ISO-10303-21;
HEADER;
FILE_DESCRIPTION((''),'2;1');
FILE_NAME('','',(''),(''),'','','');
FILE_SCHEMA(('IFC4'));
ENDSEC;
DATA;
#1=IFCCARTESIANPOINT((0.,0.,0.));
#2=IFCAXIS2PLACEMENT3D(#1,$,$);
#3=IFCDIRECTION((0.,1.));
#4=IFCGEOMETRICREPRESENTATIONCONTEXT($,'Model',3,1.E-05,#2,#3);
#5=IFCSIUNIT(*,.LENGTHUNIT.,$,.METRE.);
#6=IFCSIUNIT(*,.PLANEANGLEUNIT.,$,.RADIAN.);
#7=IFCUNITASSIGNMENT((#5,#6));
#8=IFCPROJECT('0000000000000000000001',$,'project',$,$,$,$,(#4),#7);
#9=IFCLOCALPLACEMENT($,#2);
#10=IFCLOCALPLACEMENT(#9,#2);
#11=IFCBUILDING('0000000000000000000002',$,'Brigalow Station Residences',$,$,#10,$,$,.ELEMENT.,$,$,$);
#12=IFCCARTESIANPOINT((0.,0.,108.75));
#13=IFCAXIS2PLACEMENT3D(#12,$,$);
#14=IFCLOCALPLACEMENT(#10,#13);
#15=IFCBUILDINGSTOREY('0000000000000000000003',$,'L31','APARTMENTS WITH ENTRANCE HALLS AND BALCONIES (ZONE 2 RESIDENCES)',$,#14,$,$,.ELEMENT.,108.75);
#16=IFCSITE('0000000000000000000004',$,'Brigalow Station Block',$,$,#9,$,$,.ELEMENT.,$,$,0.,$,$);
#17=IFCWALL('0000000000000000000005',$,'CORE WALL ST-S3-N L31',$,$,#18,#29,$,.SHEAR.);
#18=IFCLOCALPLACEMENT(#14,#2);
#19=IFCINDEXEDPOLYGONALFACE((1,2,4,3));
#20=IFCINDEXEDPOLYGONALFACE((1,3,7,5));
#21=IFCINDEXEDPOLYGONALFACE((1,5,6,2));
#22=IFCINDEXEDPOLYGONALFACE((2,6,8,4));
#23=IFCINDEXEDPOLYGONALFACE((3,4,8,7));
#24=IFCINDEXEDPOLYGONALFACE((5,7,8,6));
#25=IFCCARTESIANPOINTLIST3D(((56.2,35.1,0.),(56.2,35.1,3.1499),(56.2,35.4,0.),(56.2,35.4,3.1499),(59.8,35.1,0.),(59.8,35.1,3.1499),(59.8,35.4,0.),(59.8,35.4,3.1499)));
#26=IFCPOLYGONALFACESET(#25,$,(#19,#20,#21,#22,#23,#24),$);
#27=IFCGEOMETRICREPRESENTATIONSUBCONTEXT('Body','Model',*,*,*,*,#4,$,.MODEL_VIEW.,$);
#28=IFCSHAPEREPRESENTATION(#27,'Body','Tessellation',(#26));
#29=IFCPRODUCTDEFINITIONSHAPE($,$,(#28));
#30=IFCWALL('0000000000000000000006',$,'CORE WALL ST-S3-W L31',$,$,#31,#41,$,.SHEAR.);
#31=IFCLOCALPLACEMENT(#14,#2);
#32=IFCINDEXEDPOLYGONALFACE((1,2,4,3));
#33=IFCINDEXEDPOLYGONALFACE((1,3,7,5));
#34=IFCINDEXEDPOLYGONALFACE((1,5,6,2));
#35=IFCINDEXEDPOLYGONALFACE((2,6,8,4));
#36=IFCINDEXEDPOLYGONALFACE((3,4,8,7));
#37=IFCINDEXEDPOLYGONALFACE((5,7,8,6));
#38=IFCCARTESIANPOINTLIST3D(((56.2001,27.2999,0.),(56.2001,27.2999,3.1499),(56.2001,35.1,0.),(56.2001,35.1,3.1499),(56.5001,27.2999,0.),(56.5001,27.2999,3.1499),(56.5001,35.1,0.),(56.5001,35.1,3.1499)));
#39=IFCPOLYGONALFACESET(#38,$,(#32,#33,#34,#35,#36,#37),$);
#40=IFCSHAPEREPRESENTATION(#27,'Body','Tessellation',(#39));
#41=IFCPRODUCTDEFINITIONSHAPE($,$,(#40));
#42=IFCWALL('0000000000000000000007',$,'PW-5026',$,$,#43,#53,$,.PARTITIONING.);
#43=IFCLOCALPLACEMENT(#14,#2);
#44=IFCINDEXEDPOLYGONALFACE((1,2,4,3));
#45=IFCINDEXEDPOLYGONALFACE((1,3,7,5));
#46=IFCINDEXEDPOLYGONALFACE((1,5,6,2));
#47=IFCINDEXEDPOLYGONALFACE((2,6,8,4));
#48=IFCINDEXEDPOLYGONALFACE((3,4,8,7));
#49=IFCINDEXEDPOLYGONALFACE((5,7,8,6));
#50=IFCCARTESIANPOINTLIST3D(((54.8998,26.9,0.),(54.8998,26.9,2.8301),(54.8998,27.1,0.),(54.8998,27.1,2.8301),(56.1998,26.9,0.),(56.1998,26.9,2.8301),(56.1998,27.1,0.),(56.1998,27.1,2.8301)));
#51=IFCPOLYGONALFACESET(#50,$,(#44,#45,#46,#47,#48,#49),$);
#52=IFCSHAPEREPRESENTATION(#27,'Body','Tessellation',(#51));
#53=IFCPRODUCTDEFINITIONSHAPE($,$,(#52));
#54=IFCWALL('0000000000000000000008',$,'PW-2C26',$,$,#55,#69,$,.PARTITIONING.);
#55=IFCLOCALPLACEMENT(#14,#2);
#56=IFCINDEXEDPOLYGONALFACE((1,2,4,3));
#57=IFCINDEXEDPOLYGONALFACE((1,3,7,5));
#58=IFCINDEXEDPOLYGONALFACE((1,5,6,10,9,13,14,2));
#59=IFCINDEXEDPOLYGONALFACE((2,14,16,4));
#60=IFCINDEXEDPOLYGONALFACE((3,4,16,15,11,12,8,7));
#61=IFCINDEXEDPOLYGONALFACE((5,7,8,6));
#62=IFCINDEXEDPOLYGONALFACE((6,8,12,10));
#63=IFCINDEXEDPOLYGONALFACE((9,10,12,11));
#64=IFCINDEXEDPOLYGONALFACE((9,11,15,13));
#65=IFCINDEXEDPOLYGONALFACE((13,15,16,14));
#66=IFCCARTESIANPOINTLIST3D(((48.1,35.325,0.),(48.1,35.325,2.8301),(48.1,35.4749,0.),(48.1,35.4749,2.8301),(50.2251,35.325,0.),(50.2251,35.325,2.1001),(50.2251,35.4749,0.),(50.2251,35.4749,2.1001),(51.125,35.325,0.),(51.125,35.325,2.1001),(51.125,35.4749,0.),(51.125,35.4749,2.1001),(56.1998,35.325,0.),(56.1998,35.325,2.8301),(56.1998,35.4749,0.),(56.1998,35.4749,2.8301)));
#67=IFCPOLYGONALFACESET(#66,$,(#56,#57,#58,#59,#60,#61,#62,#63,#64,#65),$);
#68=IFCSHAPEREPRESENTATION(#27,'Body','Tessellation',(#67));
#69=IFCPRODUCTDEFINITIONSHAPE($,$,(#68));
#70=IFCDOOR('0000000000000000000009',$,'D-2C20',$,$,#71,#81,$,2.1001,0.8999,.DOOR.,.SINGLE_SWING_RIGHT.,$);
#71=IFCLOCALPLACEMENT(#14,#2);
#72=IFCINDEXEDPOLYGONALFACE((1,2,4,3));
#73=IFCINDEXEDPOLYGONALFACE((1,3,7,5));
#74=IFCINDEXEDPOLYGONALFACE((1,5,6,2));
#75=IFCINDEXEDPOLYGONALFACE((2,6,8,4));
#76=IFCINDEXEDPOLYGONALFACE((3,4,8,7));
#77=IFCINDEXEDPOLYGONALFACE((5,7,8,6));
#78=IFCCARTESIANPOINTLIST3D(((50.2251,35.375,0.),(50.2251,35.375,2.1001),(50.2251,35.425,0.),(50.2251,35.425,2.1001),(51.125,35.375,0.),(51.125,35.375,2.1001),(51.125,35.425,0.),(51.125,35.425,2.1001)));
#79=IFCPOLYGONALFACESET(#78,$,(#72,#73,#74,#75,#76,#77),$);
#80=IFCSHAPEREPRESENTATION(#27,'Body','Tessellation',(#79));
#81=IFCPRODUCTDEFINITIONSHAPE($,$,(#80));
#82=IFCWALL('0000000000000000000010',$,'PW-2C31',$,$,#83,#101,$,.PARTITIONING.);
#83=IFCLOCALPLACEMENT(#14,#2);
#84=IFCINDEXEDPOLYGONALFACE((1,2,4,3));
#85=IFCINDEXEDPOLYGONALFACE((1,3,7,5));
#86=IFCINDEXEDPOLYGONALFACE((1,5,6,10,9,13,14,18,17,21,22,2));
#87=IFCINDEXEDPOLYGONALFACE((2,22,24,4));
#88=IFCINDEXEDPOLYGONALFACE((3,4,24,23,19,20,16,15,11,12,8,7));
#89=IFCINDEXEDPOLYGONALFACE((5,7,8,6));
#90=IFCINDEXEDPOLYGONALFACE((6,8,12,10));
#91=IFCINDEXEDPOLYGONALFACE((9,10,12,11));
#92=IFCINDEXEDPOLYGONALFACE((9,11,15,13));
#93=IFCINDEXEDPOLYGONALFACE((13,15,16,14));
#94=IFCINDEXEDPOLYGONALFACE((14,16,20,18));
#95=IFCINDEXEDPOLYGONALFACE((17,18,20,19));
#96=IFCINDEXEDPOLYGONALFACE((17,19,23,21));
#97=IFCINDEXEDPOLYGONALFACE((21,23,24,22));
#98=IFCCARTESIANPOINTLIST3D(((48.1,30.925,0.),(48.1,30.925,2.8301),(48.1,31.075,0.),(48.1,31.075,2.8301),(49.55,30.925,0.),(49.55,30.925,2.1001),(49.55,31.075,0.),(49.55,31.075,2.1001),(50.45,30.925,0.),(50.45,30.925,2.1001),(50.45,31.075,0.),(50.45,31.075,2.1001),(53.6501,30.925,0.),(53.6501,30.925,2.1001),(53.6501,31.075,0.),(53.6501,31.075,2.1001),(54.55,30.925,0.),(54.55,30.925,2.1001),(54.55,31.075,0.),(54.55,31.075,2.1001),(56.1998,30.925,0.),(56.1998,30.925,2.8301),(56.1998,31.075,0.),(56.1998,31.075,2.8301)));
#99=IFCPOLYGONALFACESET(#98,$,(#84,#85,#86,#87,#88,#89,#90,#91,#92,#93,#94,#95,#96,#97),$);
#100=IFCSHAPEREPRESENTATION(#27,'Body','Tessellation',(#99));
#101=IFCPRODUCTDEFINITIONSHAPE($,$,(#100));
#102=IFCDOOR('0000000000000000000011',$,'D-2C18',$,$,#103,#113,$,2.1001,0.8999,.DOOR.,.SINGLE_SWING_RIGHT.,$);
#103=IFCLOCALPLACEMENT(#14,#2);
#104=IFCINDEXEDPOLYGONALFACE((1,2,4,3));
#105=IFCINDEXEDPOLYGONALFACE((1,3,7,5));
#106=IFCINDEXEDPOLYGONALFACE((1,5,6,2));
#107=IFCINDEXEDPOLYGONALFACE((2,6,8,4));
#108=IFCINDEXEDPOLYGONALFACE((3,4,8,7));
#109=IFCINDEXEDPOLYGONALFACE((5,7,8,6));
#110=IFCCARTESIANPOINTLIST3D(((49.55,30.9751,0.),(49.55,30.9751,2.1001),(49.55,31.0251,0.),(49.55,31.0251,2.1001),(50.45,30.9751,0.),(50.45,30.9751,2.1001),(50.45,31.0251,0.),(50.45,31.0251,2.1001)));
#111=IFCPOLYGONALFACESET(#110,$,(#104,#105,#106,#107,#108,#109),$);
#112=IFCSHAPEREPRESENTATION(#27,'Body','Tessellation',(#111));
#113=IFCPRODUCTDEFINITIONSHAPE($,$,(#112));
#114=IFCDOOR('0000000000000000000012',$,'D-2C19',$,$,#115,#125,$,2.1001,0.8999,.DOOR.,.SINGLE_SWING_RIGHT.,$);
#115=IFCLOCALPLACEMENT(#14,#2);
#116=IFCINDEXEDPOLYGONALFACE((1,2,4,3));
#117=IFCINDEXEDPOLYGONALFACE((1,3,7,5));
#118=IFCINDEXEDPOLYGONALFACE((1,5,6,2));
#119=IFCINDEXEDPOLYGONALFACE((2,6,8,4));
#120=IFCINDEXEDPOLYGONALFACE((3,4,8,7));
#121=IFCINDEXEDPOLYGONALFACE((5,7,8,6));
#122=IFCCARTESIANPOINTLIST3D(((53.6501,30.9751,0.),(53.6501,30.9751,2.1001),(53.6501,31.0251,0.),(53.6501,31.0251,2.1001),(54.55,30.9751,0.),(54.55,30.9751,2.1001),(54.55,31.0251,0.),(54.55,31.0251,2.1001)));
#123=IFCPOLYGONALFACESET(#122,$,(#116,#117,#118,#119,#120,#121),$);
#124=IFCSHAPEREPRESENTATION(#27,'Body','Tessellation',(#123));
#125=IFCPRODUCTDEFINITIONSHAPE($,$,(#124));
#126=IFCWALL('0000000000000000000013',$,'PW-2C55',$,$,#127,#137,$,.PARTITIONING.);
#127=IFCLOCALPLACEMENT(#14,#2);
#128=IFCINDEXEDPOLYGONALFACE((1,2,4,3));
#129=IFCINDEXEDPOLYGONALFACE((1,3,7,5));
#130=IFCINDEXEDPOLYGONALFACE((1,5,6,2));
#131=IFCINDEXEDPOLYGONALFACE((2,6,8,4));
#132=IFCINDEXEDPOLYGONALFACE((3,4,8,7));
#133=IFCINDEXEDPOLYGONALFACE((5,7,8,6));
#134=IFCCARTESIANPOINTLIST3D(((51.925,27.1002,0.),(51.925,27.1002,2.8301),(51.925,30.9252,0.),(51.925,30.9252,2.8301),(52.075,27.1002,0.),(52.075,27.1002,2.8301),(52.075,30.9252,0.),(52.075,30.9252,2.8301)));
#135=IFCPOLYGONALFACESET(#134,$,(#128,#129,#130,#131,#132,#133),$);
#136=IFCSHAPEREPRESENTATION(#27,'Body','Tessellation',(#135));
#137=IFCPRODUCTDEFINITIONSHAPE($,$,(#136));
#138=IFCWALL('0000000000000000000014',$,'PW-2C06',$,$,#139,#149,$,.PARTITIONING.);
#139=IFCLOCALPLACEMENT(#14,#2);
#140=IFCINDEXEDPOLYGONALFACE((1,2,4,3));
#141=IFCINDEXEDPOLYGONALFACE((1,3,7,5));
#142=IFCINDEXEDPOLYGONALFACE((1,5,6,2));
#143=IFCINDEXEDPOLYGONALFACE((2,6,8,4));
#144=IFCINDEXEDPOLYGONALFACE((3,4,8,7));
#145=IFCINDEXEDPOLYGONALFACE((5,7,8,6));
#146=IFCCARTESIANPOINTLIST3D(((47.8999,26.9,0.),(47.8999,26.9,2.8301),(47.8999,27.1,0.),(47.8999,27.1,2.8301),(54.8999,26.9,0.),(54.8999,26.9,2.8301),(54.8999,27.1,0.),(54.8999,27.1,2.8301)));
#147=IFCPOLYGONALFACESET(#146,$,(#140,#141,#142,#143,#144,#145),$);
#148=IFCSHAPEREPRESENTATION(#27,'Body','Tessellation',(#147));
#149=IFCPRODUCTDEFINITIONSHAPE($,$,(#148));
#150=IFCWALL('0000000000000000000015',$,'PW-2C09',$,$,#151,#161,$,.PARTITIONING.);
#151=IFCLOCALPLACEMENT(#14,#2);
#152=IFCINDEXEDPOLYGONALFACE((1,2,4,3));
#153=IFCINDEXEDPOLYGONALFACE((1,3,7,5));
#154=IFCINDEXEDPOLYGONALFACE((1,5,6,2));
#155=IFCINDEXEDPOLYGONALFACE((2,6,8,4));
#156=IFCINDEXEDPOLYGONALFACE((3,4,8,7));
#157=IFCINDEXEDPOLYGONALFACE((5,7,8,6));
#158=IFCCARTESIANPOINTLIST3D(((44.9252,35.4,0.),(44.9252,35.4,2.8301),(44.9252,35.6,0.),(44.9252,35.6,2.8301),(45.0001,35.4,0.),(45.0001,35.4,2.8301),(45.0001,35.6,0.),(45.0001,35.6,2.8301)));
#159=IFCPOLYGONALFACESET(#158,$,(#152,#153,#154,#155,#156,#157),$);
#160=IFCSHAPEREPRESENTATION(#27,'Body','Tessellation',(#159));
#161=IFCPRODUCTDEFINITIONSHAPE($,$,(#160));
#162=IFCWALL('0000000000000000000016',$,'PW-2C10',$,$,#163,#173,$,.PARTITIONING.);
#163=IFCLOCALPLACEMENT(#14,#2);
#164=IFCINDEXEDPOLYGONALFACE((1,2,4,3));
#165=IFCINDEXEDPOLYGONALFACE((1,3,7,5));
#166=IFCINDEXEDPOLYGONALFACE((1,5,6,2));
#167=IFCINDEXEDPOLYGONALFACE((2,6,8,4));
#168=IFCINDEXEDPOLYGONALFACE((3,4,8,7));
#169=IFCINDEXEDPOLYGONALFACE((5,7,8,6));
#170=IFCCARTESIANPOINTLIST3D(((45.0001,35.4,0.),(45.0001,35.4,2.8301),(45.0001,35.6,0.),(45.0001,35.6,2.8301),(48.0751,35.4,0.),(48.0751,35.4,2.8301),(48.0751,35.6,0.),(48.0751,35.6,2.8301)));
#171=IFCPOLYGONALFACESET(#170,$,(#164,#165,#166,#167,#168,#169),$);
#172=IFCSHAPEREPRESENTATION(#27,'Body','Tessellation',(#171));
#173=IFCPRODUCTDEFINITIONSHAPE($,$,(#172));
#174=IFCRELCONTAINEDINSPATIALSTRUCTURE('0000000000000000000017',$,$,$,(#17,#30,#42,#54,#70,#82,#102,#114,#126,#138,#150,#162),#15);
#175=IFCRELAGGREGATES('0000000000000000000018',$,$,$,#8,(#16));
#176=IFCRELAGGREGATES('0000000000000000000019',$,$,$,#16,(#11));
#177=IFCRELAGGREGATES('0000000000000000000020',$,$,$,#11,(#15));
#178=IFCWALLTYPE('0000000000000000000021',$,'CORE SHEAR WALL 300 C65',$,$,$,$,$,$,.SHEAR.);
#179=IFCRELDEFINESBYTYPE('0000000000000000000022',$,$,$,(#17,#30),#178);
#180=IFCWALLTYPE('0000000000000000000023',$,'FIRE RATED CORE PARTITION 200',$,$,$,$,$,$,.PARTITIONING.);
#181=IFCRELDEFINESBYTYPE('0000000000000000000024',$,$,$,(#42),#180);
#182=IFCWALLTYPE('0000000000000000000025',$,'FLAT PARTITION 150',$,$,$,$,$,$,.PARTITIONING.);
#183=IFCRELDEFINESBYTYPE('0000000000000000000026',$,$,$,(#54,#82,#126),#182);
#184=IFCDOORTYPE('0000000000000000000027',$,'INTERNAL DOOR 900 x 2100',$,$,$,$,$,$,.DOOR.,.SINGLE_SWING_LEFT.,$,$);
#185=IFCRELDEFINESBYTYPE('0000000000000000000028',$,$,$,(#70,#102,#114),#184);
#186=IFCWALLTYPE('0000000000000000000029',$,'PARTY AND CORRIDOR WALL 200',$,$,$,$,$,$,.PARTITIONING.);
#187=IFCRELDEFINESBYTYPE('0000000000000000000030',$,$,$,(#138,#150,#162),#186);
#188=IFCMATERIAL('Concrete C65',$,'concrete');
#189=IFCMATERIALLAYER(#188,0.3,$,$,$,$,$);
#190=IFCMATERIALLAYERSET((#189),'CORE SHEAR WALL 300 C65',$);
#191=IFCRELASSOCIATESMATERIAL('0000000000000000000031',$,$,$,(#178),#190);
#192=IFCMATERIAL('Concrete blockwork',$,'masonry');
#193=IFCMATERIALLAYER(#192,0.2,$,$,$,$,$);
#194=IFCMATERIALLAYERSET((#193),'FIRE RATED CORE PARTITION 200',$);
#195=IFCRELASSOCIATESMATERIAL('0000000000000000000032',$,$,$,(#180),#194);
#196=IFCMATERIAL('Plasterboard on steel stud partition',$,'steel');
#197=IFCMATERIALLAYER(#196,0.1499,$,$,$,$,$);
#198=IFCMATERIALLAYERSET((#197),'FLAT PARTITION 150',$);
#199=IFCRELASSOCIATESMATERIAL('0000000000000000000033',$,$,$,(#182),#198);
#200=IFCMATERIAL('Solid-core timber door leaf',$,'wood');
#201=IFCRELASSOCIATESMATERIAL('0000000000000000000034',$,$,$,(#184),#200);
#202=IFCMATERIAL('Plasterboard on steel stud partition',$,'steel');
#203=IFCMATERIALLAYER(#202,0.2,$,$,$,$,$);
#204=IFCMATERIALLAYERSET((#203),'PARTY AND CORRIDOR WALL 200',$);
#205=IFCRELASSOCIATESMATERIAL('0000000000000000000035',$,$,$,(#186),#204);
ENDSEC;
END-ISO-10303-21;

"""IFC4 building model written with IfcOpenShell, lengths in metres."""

from ifc_helpers import new_model, si_unit, direction, frame, frame_2d, origin, place, context, subcontext, project, spatial, rectangle, extrude, material, layer, layer_set, type_object, element, fill, save


model = new_model("IFC4")

# Units and contexts
model_context = context("Model", 3, precision=1e-05, world=origin(), true_north=direction((0.0, 1.0)))
body_context = subcontext(model_context, "Body", "Model", "MODEL_VIEW")
ifc_project = project(units=[si_unit("LENGTHUNIT", "METRE"), si_unit("PLANEANGLEUNIT", "RADIAN")], contexts=[model_context])

# Site, building, storey
site_placement = place(None, origin())
site = spatial("IfcSite", under=ifc_project, at=site_placement, Name="Brigalow Station Block", CompositionType="ELEMENT", RefElevation=0.0)
building_placement = place(site_placement, origin())
building = spatial("IfcBuilding", under=site, at=building_placement, Name="Brigalow Station Residences", CompositionType="ELEMENT")
storey_placement = place(building_placement, frame((0.0, 0.0, 108.75)))
storey = spatial("IfcBuildingStorey", under=building, at=storey_placement, Name="L31", Description="APARTMENTS WITH ENTRANCE HALLS AND BALCONIES (ZONE 2 RESIDENCES)", CompositionType="ELEMENT", Elevation=108.75)

# Shared definitions
ifc_material_1 = material(Name="Concrete C65", Category="concrete")
ifc_layer_1 = layer(ifc_material_1, 0.3)
ifc_layer_set_1 = layer_set([ifc_layer_1], Name="CORE SHEAR WALL 300 C65")
wall_type_1 = type_object("IfcWallType", Name="CORE SHEAR WALL 300 C65", PredefinedType="SHEAR", material=ifc_layer_set_1)

# Walls
wall_1_placement = place(storey_placement, frame((56.2, 35.25, 0.0), z_axis=(0.0, 0.0, 1.0), x_axis=(1.0, 0.0, 0.0)))
element("IfcWall", 1, at=wall_1_placement, inside=storey, type_object=wall_type_1, Name="CORE WALL ST-S3-N L31", PredefinedType="SHEAR", context=body_context, shape_type="SweptSolid", body=[
    extrude(rectangle(XDim=3.6001, YDim=0.3, at=frame_2d((1.8, 0.0))), origin(), (0.0, 0.0, 1.0), 3.1499),
])
wall_2_placement = place(storey_placement, frame((56.3501, 27.3, 0.0), z_axis=(0.0, 0.0, 1.0), x_axis=(0.0, 1.0, 0.0)))
element("IfcWall", 2, at=wall_2_placement, inside=storey, type_object=wall_type_1, Name="CORE WALL ST-S3-W L31", PredefinedType="SHEAR", context=body_context, shape_type="SweptSolid", body=[
    extrude(rectangle(XDim=7.8, YDim=0.3, at=frame_2d((3.8999, 0.0))), origin(), (0.0, 0.0, 1.0), 3.1499),
])
ifc_material_2 = material(Name="Concrete blockwork", Category="masonry")
ifc_layer_2 = layer(ifc_material_2, 0.2)
ifc_layer_set_2 = layer_set([ifc_layer_2], Name="FIRE RATED CORE PARTITION 200")
wall_type_2 = type_object("IfcWallType", Name="FIRE RATED CORE PARTITION 200", PredefinedType="PARTITIONING", material=ifc_layer_set_2)
wall_3_placement = place(storey_placement, frame((54.8999, 27.0, 0.0), z_axis=(0.0, 0.0, 1.0), x_axis=(1.0, 0.0, 0.0)))
element("IfcWall", 3, at=wall_3_placement, inside=storey, type_object=wall_type_2, Name="PW-5026", PredefinedType="PARTITIONING", context=body_context, shape_type="SweptSolid", body=[
    extrude(rectangle(XDim=1.3, YDim=0.2, at=frame_2d((0.6499, 0.0))), origin(), (0.0, 0.0, 1.0), 2.8301),
])

# Wall, opening, door
ifc_material_3 = material(Name="Plasterboard on steel stud partition", Category="steel")
ifc_layer_3 = layer(ifc_material_3, 0.1499)
ifc_layer_set_3 = layer_set([ifc_layer_3], Name="FLAT PARTITION 150")
wall_type_3 = type_object("IfcWallType", Name="FLAT PARTITION 150", PredefinedType="PARTITIONING", material=ifc_layer_set_3)
wall_4_placement = place(storey_placement, frame((48.1001, 35.3999, 0.0), z_axis=(0.0, 0.0, 1.0), x_axis=(1.0, 0.0, 0.0)))
wall_4 = element("IfcWall", 4, at=wall_4_placement, inside=storey, type_object=wall_type_3, Name="PW-2C26", PredefinedType="PARTITIONING", context=body_context, shape_type="SweptSolid", body=[
    extrude(rectangle(XDim=8.0999, YDim=0.1499, at=frame_2d((4.0498, 0.0))), origin(), (0.0, 0.0, 1.0), 2.8301),
])
opening_1_placement = place(wall_4_placement, frame((2.125, 0.0, 0.0)))
opening_1 = element("IfcOpeningElement", 5, at=opening_1_placement, cuts=wall_4, PredefinedType="OPENING", context=body_context, shape_type="SweptSolid", body=[
    extrude(rectangle(XDim=0.8999, YDim=2.1001, at=frame_2d((0.45, 1.05))), frame((0.0, 0.085, 0.0), z_axis=(0.0, -1.0, 0.0), x_axis=(1.0, 0.0, 0.0)), (0.0, 0.0, 1.0), 0.1699),
])
ifc_material_4 = material(Name="Solid-core timber door leaf", Category="wood")
door_type_1 = type_object("IfcDoorType", Name="INTERNAL DOOR 900 x 2100", OperationType="SINGLE_SWING_LEFT", PredefinedType="DOOR", material=ifc_material_4)
door_1_placement = place(opening_1_placement, frame((0.8999, 0.0, 0.0), z_axis=(0.0, 0.0, 1.0), x_axis=(-1.0, 0.0, 0.0)))
door_1 = element("IfcDoor", 6, at=door_1_placement, inside=storey, type_object=door_type_1, Name="D-2C20", OperationType="SINGLE_SWING_RIGHT", OverallHeight=2.1001, OverallWidth=0.8999, PredefinedType="DOOR", context=body_context, shape_type="SweptSolid", body=[
    extrude(rectangle(XDim=0.8999, YDim=2.1001, at=frame_2d((0.45, 1.05))), frame((0.0, 0.0249, 0.0), z_axis=(0.0, -1.0, 0.0), x_axis=(1.0, 0.0, 0.0)), (0.0, 0.0, 1.0), 0.05),
])
fill(opening_1, door_1)

# Wall, openings, doors
wall_5_placement = place(storey_placement, frame((48.1001, 31.0, 0.0), z_axis=(0.0, 0.0, 1.0), x_axis=(1.0, 0.0, 0.0)))
wall_5 = element("IfcWall", 7, at=wall_5_placement, inside=storey, type_object=wall_type_3, Name="PW-2C31", PredefinedType="PARTITIONING", context=body_context, shape_type="SweptSolid", body=[
    extrude(rectangle(XDim=8.0999, YDim=0.1499, at=frame_2d((4.0498, 0.0))), origin(), (0.0, 0.0, 1.0), 2.8301),
])
opening_2_placement = place(wall_5_placement, frame((1.45, 0.0, 0.0)))
opening_2 = element("IfcOpeningElement", 8, at=opening_2_placement, cuts=wall_5, PredefinedType="OPENING", context=body_context, shape_type="SweptSolid", body=[
    extrude(rectangle(XDim=0.8999, YDim=2.1001, at=frame_2d((0.45, 1.05))), frame((0.0, 0.085, 0.0), z_axis=(0.0, -1.0, 0.0), x_axis=(1.0, 0.0, 0.0)), (0.0, 0.0, 1.0), 0.1699),
])
opening_3_placement = place(wall_5_placement, frame((5.55, 0.0, 0.0)))
opening_3 = element("IfcOpeningElement", 9, at=opening_3_placement, cuts=wall_5, PredefinedType="OPENING", context=body_context, shape_type="SweptSolid", body=[
    extrude(rectangle(XDim=0.8999, YDim=2.1001, at=frame_2d((0.45, 1.05))), frame((0.0, 0.085, 0.0), z_axis=(0.0, -1.0, 0.0), x_axis=(1.0, 0.0, 0.0)), (0.0, 0.0, 1.0), 0.1699),
])
door_2_placement = place(opening_2_placement, frame((0.8999, 0.0, 0.0), z_axis=(0.0, 0.0, 1.0), x_axis=(-1.0, 0.0, 0.0)))
door_2 = element("IfcDoor", 10, at=door_2_placement, inside=storey, type_object=door_type_1, Name="D-2C18", OperationType="SINGLE_SWING_RIGHT", OverallHeight=2.1001, OverallWidth=0.8999, PredefinedType="DOOR", context=body_context, shape_type="SweptSolid", body=[
    extrude(rectangle(XDim=0.8999, YDim=2.1001, at=frame_2d((0.45, 1.05))), frame((0.0, 0.0249, 0.0), z_axis=(0.0, -1.0, 0.0), x_axis=(1.0, 0.0, 0.0)), (0.0, 0.0, 1.0), 0.05),
])
fill(opening_2, door_2)
door_3_placement = place(opening_3_placement, frame((0.8999, 0.0, 0.0), z_axis=(0.0, 0.0, 1.0), x_axis=(-1.0, 0.0, 0.0)))
door_3 = element("IfcDoor", 11, at=door_3_placement, inside=storey, type_object=door_type_1, Name="D-2C19", OperationType="SINGLE_SWING_RIGHT", OverallHeight=2.1001, OverallWidth=0.8999, PredefinedType="DOOR", context=body_context, shape_type="SweptSolid", body=[
    extrude(rectangle(XDim=0.8999, YDim=2.1001, at=frame_2d((0.45, 1.05))), frame((0.0, 0.0249, 0.0), z_axis=(0.0, -1.0, 0.0), x_axis=(1.0, 0.0, 0.0)), (0.0, 0.0, 1.0), 0.05),
])
fill(opening_3, door_3)

# Walls
wall_6_placement = place(storey_placement, frame((52.0, 27.1001, 0.0), z_axis=(0.0, 0.0, 1.0), x_axis=(0.0, 1.0, 0.0)))
element("IfcWall", 12, at=wall_6_placement, inside=storey, type_object=wall_type_3, Name="PW-2C55", PredefinedType="PARTITIONING", context=body_context, shape_type="SweptSolid", body=[
    extrude(rectangle(XDim=3.825, YDim=0.1499, at=frame_2d((1.9126, 0.0))), origin(), (0.0, 0.0, 1.0), 2.8301),
])
ifc_material_5 = material(Name="Plasterboard on steel stud partition", Category="steel")
ifc_layer_4 = layer(ifc_material_5, 0.2)
ifc_layer_set_4 = layer_set([ifc_layer_4], Name="PARTY AND CORRIDOR WALL 200")
wall_type_4 = type_object("IfcWallType", Name="PARTY AND CORRIDOR WALL 200", PredefinedType="PARTITIONING", material=ifc_layer_set_4)
wall_7_placement = place(storey_placement, frame((47.8999, 27.0, 0.0), z_axis=(0.0, 0.0, 1.0), x_axis=(1.0, 0.0, 0.0)))
element("IfcWall", 13, at=wall_7_placement, inside=storey, type_object=wall_type_4, Name="PW-2C06", PredefinedType="PARTITIONING", context=body_context, shape_type="SweptSolid", body=[
    extrude(rectangle(XDim=7.0, YDim=0.2, at=frame_2d((3.5, 0.0))), origin(), (0.0, 0.0, 1.0), 2.8301),
])
wall_8_placement = place(storey_placement, frame((44.925, 35.5, 0.0), z_axis=(0.0, 0.0, 1.0), x_axis=(1.0, 0.0, 0.0)))
element("IfcWall", 14, at=wall_8_placement, inside=storey, type_object=wall_type_4, Name="PW-2C09", PredefinedType="PARTITIONING", context=body_context, shape_type="SweptSolid", body=[
    extrude(rectangle(XDim=0.075, YDim=0.2, at=frame_2d((0.0376, 0.0))), origin(), (0.0, 0.0, 1.0), 2.8301),
])
wall_9_placement = place(storey_placement, frame((45.0, 35.5, 0.0), z_axis=(0.0, 0.0, 1.0), x_axis=(1.0, 0.0, 0.0)))
element("IfcWall", 15, at=wall_9_placement, inside=storey, type_object=wall_type_4, Name="PW-2C10", PredefinedType="PARTITIONING", context=body_context, shape_type="SweptSolid", body=[
    extrude(rectangle(XDim=3.075, YDim=0.2, at=frame_2d((1.5376, 0.0))), origin(), (0.0, 0.0, 1.0), 2.8301),
])

save(model, "model.ifc")
